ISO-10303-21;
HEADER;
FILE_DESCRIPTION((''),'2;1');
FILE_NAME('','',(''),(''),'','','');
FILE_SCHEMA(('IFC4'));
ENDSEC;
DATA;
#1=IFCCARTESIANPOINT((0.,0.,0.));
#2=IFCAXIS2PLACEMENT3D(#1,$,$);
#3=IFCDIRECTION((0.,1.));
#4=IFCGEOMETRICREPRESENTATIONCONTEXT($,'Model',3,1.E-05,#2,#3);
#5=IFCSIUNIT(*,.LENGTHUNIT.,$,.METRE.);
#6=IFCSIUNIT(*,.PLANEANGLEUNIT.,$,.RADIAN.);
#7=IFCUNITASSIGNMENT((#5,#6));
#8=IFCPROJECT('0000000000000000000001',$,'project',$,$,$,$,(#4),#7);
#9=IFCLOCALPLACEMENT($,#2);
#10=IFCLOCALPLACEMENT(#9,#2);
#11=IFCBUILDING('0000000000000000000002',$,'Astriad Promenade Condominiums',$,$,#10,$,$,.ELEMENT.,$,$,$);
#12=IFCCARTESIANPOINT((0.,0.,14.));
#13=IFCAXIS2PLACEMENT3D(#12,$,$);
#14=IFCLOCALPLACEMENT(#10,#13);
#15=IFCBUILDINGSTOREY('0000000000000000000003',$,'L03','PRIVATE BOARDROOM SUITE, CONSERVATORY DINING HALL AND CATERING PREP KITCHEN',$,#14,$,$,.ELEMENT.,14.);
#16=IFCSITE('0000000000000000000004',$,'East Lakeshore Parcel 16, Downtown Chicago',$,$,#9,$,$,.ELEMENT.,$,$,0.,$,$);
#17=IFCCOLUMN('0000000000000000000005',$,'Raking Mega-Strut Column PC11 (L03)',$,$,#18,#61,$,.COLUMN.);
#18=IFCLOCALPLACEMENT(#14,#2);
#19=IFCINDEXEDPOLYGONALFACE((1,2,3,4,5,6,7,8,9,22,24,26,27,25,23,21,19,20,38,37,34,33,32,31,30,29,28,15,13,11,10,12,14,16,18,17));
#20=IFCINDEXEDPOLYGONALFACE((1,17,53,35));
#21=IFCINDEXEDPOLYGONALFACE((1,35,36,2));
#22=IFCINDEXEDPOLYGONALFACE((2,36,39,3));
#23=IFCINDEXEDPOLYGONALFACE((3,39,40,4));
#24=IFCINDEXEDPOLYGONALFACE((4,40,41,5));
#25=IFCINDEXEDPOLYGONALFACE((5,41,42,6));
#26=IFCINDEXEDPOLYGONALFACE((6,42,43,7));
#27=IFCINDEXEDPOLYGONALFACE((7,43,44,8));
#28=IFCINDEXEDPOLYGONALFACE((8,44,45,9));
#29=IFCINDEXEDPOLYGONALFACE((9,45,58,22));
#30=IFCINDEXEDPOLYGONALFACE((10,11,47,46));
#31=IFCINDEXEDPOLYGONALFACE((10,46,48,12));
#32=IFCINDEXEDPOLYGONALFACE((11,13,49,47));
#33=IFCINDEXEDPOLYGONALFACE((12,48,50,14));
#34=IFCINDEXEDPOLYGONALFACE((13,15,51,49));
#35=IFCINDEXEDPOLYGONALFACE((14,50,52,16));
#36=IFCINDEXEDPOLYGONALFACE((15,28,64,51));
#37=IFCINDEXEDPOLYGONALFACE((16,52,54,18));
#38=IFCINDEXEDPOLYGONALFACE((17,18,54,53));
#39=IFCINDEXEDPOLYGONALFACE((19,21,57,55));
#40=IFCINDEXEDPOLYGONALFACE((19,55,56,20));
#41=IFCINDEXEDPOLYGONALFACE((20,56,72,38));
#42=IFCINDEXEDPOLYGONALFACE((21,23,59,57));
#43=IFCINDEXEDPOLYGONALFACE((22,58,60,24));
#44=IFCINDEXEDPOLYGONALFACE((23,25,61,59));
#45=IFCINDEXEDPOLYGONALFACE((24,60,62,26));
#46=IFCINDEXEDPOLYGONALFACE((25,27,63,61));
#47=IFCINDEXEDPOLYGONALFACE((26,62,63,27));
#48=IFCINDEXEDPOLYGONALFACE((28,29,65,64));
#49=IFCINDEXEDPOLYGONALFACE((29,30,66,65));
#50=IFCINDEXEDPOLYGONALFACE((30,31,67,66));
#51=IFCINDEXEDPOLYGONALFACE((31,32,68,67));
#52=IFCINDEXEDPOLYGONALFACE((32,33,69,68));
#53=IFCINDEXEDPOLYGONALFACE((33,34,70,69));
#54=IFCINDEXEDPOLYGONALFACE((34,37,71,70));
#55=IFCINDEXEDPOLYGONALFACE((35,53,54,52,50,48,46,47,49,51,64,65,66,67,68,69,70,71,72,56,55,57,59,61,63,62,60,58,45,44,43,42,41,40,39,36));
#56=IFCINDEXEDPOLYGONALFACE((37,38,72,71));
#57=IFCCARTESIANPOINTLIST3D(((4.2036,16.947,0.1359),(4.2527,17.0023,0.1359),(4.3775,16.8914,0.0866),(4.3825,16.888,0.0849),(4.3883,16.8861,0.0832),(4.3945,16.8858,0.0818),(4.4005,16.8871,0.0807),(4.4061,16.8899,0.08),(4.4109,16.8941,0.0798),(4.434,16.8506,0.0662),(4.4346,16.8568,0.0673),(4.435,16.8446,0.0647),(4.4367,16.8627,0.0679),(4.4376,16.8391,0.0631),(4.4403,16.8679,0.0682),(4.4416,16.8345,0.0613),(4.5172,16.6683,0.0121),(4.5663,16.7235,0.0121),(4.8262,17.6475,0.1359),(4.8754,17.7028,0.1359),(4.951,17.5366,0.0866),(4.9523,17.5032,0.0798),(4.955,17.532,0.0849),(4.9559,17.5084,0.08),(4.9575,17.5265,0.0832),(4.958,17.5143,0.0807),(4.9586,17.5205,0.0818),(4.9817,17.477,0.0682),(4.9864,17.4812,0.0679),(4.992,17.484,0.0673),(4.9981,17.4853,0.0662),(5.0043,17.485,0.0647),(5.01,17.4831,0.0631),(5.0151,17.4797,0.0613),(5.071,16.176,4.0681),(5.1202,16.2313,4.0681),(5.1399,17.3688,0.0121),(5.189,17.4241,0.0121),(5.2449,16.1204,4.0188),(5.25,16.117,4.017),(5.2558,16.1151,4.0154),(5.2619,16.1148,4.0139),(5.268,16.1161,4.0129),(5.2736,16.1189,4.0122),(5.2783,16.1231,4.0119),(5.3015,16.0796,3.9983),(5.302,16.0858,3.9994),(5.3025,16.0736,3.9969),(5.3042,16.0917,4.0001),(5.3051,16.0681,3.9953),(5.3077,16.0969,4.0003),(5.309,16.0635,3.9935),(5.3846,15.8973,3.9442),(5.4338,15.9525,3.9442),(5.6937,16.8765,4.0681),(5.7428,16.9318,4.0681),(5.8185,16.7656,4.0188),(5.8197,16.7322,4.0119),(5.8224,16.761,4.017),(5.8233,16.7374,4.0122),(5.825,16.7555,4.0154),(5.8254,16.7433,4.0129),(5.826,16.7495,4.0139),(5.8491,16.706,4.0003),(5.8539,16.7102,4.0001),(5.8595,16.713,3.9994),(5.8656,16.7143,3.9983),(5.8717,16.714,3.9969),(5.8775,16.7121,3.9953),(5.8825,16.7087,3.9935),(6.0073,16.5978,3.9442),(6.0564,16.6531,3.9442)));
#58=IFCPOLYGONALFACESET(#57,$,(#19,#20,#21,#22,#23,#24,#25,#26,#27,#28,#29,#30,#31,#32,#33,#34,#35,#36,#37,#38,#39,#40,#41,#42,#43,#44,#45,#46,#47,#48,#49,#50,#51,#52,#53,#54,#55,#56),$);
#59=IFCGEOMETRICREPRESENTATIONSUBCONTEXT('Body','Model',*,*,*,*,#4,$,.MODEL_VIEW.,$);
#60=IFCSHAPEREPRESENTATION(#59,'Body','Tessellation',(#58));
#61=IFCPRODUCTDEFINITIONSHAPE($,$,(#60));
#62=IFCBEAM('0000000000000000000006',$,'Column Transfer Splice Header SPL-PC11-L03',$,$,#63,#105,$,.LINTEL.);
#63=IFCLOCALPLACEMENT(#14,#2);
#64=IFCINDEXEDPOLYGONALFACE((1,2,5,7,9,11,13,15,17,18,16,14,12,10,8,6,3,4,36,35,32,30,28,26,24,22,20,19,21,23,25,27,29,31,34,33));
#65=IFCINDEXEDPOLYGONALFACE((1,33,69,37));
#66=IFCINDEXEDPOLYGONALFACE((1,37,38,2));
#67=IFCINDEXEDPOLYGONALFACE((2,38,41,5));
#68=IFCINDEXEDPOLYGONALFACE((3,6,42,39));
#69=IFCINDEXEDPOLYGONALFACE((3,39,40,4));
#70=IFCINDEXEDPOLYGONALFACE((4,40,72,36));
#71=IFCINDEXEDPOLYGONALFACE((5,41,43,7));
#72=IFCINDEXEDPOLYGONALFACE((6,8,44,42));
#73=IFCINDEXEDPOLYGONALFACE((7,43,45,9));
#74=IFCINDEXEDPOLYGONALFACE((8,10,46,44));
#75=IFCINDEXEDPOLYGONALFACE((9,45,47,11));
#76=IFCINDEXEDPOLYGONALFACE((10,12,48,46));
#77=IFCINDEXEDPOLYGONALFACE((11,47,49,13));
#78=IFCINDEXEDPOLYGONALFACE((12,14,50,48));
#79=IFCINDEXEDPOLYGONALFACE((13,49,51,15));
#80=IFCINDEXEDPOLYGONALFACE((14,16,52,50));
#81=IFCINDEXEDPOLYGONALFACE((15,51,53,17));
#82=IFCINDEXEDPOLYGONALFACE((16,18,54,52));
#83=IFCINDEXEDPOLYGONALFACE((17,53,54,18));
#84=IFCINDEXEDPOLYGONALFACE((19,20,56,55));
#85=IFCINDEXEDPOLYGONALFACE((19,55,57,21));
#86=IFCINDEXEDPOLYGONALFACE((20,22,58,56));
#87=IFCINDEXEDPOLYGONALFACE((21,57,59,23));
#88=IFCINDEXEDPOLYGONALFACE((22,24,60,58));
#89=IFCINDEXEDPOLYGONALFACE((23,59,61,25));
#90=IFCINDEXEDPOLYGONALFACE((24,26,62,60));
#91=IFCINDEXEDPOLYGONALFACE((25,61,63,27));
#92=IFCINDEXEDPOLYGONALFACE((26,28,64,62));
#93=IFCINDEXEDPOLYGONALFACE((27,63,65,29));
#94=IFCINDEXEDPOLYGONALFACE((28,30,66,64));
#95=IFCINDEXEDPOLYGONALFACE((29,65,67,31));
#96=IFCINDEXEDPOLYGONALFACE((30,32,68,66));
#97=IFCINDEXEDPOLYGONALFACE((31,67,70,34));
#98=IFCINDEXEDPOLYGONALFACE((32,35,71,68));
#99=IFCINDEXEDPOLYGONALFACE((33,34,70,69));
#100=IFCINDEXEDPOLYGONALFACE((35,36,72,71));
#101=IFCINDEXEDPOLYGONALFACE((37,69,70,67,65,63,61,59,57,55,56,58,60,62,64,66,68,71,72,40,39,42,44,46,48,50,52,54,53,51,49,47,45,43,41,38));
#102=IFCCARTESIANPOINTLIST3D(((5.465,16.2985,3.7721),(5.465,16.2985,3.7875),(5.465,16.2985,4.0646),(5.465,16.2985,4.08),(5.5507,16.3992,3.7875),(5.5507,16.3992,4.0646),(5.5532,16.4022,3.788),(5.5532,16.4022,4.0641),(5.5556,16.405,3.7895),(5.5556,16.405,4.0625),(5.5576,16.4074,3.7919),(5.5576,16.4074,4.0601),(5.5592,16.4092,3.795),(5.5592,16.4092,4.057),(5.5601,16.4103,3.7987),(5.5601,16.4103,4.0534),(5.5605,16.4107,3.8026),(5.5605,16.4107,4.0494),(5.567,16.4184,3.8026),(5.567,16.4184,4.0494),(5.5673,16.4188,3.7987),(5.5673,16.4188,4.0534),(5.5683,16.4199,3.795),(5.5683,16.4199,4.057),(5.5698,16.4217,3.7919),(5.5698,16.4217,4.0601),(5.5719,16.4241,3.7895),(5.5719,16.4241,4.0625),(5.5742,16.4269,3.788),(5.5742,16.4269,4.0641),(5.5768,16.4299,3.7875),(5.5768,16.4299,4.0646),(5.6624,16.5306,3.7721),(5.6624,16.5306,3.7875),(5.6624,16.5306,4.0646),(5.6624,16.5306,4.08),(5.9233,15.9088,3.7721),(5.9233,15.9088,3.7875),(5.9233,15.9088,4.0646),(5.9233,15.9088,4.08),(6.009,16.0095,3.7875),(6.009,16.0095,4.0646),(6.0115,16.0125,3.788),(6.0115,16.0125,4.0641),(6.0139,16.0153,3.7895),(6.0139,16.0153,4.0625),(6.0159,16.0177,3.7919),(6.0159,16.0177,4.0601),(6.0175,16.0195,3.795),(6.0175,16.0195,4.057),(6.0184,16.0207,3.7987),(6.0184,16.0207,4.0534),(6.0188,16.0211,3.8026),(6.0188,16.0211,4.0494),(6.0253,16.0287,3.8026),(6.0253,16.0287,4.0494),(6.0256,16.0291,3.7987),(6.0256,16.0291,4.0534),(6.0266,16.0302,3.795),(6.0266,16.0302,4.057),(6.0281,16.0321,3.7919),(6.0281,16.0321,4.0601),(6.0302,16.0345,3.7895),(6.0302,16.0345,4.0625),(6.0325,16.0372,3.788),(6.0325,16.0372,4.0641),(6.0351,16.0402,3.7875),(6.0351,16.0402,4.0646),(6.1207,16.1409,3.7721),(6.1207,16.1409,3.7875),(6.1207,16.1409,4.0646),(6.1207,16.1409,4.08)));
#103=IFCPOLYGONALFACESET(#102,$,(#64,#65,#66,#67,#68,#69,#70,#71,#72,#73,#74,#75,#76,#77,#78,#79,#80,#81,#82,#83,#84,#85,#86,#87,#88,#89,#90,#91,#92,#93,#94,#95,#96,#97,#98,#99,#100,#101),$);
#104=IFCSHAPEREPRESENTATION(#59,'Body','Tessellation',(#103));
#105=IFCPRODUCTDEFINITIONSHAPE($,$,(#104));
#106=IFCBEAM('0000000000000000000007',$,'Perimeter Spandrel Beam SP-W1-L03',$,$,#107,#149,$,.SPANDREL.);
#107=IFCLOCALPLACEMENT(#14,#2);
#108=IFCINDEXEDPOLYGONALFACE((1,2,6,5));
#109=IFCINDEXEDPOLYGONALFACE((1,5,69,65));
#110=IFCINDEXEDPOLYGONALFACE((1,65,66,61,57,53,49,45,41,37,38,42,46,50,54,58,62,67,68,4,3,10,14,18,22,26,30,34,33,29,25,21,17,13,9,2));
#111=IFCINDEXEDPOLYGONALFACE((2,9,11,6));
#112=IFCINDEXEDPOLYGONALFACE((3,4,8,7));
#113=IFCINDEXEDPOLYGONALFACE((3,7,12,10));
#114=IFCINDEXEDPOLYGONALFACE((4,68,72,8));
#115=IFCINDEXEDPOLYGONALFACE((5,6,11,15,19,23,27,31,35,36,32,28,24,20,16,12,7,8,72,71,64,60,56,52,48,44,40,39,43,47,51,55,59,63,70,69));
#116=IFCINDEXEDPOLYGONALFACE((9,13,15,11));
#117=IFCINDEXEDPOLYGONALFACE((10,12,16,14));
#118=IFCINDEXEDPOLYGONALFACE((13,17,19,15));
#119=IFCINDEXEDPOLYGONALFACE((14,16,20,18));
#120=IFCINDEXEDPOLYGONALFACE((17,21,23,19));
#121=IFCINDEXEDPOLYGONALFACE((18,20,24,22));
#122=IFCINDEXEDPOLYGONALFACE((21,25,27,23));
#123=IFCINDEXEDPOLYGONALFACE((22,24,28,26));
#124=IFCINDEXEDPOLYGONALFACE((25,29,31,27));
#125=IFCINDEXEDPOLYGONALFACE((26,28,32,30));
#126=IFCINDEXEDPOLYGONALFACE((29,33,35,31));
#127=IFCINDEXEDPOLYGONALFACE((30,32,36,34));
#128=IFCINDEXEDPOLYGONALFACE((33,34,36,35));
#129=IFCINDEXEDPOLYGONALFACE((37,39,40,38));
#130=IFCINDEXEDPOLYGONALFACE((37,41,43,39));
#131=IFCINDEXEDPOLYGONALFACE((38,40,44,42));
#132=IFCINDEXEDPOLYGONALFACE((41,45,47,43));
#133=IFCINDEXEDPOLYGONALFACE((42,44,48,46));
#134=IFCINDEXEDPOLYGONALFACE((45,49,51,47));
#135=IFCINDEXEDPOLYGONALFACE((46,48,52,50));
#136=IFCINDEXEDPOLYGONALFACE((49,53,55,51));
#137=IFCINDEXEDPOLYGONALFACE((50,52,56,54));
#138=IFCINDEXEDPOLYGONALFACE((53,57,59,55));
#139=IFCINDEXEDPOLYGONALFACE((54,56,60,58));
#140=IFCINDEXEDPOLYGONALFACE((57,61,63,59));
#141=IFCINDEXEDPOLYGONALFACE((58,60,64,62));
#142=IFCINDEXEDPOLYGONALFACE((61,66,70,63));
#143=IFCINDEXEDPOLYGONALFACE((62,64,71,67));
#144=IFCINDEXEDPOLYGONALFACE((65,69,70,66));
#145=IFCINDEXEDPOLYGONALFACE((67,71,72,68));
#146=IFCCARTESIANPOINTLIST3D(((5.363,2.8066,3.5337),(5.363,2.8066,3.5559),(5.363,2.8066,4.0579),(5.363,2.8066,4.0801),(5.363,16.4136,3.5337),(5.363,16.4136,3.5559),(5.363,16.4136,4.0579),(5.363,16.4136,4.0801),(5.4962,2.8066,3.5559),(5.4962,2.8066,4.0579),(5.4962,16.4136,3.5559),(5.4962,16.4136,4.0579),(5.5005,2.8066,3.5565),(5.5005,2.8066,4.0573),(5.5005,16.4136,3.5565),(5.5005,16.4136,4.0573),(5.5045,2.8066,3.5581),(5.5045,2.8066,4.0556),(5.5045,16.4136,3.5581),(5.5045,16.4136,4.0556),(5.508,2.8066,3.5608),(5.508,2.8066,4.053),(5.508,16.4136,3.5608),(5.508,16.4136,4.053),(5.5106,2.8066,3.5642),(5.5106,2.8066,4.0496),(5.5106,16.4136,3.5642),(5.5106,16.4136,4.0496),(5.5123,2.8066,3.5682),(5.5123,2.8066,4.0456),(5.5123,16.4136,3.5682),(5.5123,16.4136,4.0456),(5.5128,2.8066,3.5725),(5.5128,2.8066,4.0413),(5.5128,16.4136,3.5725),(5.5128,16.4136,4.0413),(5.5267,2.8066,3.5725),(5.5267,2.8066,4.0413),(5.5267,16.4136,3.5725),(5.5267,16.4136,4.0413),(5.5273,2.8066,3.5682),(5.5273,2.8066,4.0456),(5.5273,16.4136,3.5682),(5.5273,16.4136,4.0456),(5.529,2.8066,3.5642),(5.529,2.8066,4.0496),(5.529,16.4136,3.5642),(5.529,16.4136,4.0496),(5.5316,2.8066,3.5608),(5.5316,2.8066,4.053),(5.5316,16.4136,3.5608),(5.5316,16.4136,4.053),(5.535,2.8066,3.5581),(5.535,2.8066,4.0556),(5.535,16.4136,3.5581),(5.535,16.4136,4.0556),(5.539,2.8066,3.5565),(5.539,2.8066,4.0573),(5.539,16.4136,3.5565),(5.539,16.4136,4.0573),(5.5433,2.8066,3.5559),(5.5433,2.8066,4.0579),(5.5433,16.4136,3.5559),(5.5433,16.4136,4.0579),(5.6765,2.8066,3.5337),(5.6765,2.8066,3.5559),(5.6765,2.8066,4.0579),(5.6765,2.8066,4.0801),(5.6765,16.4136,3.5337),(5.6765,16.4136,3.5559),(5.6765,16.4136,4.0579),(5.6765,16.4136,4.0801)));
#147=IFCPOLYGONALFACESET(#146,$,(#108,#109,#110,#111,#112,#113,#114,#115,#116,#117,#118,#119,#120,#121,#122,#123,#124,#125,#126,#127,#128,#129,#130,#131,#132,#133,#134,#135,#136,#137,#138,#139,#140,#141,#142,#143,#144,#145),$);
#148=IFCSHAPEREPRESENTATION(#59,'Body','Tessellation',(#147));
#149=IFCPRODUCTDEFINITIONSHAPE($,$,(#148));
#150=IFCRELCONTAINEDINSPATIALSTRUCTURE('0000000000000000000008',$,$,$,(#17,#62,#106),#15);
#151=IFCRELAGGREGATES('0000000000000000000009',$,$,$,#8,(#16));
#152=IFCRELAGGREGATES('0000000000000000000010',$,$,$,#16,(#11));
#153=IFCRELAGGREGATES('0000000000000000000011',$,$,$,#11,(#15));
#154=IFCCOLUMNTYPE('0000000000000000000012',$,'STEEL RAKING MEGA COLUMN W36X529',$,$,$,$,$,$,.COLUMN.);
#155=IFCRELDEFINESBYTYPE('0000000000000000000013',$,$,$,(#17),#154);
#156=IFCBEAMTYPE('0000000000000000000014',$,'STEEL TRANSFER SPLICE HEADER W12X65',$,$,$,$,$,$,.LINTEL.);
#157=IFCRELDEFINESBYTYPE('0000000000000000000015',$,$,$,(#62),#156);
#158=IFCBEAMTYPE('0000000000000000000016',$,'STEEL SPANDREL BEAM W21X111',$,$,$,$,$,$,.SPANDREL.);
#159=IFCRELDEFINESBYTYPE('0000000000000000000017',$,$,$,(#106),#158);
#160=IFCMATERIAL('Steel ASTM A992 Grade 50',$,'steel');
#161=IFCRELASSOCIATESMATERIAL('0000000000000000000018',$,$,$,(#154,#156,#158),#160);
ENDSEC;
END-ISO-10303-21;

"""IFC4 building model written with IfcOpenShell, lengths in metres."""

from ifc_helpers import new_model, si_unit, direction, frame, origin, origin_2d, place, context, subcontext, project, spatial, i_section, extrude, source, transform, mapped, material, material_profile, profile_set, type_object, type_shapes, element, save


model = new_model("IFC4")

# Units and contexts
model_context = context("Model", 3, precision=1e-05, world=origin(), true_north=direction((0.0, 1.0)))
body_context = subcontext(model_context, "Body", "Model", "MODEL_VIEW")
ifc_project = project(units=[si_unit("LENGTHUNIT", "METRE"), si_unit("PLANEANGLEUNIT", "RADIAN")], contexts=[model_context])

# Site, building, storey
site_placement = place(None, origin())
site = spatial("IfcSite", under=ifc_project, at=site_placement, Name="East Lakeshore Parcel 16, Downtown Chicago", CompositionType="ELEMENT", RefElevation=0.0)
building_placement = place(site_placement, origin())
building = spatial("IfcBuilding", under=site, at=building_placement, Name="Astriad Promenade Condominiums", CompositionType="ELEMENT")
storey_placement = place(building_placement, frame((0.0, 0.0, 14.0)))
storey = spatial("IfcBuildingStorey", under=building, at=storey_placement, Name="L03", Description="PRIVATE BOARDROOM SUITE, CONSERVATORY DINING HALL AND CATERING PREP KITCHEN", CompositionType="ELEMENT", Elevation=14.0)

# Column
ifc_material_1 = material(Name="Steel ASTM A992 Grade 50", Category="steel")
ifc_material_profile_1 = material_profile(ifc_material_1, i_section(OverallWidth=0.4375, OverallDepth=1.0112, WebThickness=0.041, FlangeThickness=0.074, FilletRadius=0.0242, at=origin_2d()), Name="W36X529")
ifc_profile_set_1 = profile_set([ifc_material_profile_1], Name="Steel ASTM A992 Grade 50")
column_type = type_object("IfcColumnType", Name="STEEL RAKING MEGA COLUMN W36X529", PredefinedType="COLUMN", material=ifc_profile_set_1)
shared_shape_1 = source(origin(), body_context, "Body", "SweptSolid", [
    extrude(i_section(OverallWidth=0.4375, OverallDepth=1.0112, WebThickness=0.041, FlangeThickness=0.074, FilletRadius=0.0242, at=origin_2d()), origin(), (0.0, 0.0, 1.0), 4.0999),
])
type_shapes(column_type, [shared_shape_1])
column_placement = place(storey_placement, frame((4.6963, 17.1855, 0.074), z_axis=(0.211578, -0.188056, 0.959098), x_axis=(-0.716861, 0.637165, 0.283073)))
element("IfcColumn", 1, at=column_placement, inside=storey, type_object=column_type, Name="Raking Mega-Strut Column PC11 (L03)", PredefinedType="COLUMN", context=body_context, shape_type="MappedRepresentation", body=[
    mapped(shared_shape_1, transform((0.0, 0.0, 0.0), scale=1.0)),
])

# Beams
ifc_material_profile_2 = material_profile(ifc_material_1, i_section(OverallWidth=0.3047, OverallDepth=0.3079, WebThickness=0.01, FlangeThickness=0.0154, FilletRadius=0.0151, at=origin_2d()), Name="W12X65")
ifc_profile_set_2 = profile_set([ifc_material_profile_2], Name="Steel ASTM A992 Grade 50")
beam_type_1 = type_object("IfcBeamType", Name="STEEL TRANSFER SPLICE HEADER W12X65", PredefinedType="LINTEL", material=ifc_profile_set_2)
shared_shape_2 = source(origin(), body_context, "Body", "SweptSolid", [
    extrude(i_section(OverallWidth=0.3047, OverallDepth=0.3079, WebThickness=0.01, FlangeThickness=0.0154, FilletRadius=0.0151, at=origin_2d()), origin(), (0.0, 0.0, 1.0), 0.6016),
])
type_shapes(beam_type_1, [shared_shape_2])
beam_1_placement = place(storey_placement, frame((5.5637, 16.4146, 3.926), z_axis=(0.761829, -0.647778, 0.0), x_axis=(0.647778, 0.761829, 0.0)))
element("IfcBeam", 2, at=beam_1_placement, inside=storey, type_object=beam_type_1, Name="Column Transfer Splice Header SPL-PC11-L03", PredefinedType="LINTEL", context=body_context, shape_type="MappedRepresentation", body=[
    mapped(shared_shape_2, transform((0.0, 0.0, 0.0), scale=1.0)),
])
ifc_material_profile_3 = material_profile(ifc_material_1, i_section(OverallWidth=0.3135, OverallDepth=0.5464, WebThickness=0.0139, FlangeThickness=0.0222, FilletRadius=0.0166, at=origin_2d()), Name="W21X111")
ifc_profile_set_3 = profile_set([ifc_material_profile_3], Name="Steel ASTM A992 Grade 50")
beam_type_2 = type_object("IfcBeamType", Name="STEEL SPANDREL BEAM W21X111", PredefinedType="SPANDREL", material=ifc_profile_set_3)
shared_shape_3 = source(origin(), body_context, "Body", "SweptSolid", [
    extrude(i_section(OverallWidth=0.3135, OverallDepth=0.5464, WebThickness=0.0139, FlangeThickness=0.0222, FilletRadius=0.0166, at=origin_2d()), origin(), (0.0, 0.0, 1.0), 13.6069),
])
type_shapes(beam_type_2, [shared_shape_3])
beam_2_placement = place(storey_placement, frame((5.5198, 16.4136, 3.8069), z_axis=(0.0, -1.0, 0.0), x_axis=(1.0, 0.0, 0.0)))
element("IfcBeam", 3, at=beam_2_placement, inside=storey, type_object=beam_type_2, Name="Perimeter Spandrel Beam SP-W1-L03", PredefinedType="SPANDREL", context=body_context, shape_type="MappedRepresentation", body=[
    mapped(shared_shape_3, transform((0.0, 0.0, 0.0), scale=1.0)),
])

save(model, "model.ifc")
